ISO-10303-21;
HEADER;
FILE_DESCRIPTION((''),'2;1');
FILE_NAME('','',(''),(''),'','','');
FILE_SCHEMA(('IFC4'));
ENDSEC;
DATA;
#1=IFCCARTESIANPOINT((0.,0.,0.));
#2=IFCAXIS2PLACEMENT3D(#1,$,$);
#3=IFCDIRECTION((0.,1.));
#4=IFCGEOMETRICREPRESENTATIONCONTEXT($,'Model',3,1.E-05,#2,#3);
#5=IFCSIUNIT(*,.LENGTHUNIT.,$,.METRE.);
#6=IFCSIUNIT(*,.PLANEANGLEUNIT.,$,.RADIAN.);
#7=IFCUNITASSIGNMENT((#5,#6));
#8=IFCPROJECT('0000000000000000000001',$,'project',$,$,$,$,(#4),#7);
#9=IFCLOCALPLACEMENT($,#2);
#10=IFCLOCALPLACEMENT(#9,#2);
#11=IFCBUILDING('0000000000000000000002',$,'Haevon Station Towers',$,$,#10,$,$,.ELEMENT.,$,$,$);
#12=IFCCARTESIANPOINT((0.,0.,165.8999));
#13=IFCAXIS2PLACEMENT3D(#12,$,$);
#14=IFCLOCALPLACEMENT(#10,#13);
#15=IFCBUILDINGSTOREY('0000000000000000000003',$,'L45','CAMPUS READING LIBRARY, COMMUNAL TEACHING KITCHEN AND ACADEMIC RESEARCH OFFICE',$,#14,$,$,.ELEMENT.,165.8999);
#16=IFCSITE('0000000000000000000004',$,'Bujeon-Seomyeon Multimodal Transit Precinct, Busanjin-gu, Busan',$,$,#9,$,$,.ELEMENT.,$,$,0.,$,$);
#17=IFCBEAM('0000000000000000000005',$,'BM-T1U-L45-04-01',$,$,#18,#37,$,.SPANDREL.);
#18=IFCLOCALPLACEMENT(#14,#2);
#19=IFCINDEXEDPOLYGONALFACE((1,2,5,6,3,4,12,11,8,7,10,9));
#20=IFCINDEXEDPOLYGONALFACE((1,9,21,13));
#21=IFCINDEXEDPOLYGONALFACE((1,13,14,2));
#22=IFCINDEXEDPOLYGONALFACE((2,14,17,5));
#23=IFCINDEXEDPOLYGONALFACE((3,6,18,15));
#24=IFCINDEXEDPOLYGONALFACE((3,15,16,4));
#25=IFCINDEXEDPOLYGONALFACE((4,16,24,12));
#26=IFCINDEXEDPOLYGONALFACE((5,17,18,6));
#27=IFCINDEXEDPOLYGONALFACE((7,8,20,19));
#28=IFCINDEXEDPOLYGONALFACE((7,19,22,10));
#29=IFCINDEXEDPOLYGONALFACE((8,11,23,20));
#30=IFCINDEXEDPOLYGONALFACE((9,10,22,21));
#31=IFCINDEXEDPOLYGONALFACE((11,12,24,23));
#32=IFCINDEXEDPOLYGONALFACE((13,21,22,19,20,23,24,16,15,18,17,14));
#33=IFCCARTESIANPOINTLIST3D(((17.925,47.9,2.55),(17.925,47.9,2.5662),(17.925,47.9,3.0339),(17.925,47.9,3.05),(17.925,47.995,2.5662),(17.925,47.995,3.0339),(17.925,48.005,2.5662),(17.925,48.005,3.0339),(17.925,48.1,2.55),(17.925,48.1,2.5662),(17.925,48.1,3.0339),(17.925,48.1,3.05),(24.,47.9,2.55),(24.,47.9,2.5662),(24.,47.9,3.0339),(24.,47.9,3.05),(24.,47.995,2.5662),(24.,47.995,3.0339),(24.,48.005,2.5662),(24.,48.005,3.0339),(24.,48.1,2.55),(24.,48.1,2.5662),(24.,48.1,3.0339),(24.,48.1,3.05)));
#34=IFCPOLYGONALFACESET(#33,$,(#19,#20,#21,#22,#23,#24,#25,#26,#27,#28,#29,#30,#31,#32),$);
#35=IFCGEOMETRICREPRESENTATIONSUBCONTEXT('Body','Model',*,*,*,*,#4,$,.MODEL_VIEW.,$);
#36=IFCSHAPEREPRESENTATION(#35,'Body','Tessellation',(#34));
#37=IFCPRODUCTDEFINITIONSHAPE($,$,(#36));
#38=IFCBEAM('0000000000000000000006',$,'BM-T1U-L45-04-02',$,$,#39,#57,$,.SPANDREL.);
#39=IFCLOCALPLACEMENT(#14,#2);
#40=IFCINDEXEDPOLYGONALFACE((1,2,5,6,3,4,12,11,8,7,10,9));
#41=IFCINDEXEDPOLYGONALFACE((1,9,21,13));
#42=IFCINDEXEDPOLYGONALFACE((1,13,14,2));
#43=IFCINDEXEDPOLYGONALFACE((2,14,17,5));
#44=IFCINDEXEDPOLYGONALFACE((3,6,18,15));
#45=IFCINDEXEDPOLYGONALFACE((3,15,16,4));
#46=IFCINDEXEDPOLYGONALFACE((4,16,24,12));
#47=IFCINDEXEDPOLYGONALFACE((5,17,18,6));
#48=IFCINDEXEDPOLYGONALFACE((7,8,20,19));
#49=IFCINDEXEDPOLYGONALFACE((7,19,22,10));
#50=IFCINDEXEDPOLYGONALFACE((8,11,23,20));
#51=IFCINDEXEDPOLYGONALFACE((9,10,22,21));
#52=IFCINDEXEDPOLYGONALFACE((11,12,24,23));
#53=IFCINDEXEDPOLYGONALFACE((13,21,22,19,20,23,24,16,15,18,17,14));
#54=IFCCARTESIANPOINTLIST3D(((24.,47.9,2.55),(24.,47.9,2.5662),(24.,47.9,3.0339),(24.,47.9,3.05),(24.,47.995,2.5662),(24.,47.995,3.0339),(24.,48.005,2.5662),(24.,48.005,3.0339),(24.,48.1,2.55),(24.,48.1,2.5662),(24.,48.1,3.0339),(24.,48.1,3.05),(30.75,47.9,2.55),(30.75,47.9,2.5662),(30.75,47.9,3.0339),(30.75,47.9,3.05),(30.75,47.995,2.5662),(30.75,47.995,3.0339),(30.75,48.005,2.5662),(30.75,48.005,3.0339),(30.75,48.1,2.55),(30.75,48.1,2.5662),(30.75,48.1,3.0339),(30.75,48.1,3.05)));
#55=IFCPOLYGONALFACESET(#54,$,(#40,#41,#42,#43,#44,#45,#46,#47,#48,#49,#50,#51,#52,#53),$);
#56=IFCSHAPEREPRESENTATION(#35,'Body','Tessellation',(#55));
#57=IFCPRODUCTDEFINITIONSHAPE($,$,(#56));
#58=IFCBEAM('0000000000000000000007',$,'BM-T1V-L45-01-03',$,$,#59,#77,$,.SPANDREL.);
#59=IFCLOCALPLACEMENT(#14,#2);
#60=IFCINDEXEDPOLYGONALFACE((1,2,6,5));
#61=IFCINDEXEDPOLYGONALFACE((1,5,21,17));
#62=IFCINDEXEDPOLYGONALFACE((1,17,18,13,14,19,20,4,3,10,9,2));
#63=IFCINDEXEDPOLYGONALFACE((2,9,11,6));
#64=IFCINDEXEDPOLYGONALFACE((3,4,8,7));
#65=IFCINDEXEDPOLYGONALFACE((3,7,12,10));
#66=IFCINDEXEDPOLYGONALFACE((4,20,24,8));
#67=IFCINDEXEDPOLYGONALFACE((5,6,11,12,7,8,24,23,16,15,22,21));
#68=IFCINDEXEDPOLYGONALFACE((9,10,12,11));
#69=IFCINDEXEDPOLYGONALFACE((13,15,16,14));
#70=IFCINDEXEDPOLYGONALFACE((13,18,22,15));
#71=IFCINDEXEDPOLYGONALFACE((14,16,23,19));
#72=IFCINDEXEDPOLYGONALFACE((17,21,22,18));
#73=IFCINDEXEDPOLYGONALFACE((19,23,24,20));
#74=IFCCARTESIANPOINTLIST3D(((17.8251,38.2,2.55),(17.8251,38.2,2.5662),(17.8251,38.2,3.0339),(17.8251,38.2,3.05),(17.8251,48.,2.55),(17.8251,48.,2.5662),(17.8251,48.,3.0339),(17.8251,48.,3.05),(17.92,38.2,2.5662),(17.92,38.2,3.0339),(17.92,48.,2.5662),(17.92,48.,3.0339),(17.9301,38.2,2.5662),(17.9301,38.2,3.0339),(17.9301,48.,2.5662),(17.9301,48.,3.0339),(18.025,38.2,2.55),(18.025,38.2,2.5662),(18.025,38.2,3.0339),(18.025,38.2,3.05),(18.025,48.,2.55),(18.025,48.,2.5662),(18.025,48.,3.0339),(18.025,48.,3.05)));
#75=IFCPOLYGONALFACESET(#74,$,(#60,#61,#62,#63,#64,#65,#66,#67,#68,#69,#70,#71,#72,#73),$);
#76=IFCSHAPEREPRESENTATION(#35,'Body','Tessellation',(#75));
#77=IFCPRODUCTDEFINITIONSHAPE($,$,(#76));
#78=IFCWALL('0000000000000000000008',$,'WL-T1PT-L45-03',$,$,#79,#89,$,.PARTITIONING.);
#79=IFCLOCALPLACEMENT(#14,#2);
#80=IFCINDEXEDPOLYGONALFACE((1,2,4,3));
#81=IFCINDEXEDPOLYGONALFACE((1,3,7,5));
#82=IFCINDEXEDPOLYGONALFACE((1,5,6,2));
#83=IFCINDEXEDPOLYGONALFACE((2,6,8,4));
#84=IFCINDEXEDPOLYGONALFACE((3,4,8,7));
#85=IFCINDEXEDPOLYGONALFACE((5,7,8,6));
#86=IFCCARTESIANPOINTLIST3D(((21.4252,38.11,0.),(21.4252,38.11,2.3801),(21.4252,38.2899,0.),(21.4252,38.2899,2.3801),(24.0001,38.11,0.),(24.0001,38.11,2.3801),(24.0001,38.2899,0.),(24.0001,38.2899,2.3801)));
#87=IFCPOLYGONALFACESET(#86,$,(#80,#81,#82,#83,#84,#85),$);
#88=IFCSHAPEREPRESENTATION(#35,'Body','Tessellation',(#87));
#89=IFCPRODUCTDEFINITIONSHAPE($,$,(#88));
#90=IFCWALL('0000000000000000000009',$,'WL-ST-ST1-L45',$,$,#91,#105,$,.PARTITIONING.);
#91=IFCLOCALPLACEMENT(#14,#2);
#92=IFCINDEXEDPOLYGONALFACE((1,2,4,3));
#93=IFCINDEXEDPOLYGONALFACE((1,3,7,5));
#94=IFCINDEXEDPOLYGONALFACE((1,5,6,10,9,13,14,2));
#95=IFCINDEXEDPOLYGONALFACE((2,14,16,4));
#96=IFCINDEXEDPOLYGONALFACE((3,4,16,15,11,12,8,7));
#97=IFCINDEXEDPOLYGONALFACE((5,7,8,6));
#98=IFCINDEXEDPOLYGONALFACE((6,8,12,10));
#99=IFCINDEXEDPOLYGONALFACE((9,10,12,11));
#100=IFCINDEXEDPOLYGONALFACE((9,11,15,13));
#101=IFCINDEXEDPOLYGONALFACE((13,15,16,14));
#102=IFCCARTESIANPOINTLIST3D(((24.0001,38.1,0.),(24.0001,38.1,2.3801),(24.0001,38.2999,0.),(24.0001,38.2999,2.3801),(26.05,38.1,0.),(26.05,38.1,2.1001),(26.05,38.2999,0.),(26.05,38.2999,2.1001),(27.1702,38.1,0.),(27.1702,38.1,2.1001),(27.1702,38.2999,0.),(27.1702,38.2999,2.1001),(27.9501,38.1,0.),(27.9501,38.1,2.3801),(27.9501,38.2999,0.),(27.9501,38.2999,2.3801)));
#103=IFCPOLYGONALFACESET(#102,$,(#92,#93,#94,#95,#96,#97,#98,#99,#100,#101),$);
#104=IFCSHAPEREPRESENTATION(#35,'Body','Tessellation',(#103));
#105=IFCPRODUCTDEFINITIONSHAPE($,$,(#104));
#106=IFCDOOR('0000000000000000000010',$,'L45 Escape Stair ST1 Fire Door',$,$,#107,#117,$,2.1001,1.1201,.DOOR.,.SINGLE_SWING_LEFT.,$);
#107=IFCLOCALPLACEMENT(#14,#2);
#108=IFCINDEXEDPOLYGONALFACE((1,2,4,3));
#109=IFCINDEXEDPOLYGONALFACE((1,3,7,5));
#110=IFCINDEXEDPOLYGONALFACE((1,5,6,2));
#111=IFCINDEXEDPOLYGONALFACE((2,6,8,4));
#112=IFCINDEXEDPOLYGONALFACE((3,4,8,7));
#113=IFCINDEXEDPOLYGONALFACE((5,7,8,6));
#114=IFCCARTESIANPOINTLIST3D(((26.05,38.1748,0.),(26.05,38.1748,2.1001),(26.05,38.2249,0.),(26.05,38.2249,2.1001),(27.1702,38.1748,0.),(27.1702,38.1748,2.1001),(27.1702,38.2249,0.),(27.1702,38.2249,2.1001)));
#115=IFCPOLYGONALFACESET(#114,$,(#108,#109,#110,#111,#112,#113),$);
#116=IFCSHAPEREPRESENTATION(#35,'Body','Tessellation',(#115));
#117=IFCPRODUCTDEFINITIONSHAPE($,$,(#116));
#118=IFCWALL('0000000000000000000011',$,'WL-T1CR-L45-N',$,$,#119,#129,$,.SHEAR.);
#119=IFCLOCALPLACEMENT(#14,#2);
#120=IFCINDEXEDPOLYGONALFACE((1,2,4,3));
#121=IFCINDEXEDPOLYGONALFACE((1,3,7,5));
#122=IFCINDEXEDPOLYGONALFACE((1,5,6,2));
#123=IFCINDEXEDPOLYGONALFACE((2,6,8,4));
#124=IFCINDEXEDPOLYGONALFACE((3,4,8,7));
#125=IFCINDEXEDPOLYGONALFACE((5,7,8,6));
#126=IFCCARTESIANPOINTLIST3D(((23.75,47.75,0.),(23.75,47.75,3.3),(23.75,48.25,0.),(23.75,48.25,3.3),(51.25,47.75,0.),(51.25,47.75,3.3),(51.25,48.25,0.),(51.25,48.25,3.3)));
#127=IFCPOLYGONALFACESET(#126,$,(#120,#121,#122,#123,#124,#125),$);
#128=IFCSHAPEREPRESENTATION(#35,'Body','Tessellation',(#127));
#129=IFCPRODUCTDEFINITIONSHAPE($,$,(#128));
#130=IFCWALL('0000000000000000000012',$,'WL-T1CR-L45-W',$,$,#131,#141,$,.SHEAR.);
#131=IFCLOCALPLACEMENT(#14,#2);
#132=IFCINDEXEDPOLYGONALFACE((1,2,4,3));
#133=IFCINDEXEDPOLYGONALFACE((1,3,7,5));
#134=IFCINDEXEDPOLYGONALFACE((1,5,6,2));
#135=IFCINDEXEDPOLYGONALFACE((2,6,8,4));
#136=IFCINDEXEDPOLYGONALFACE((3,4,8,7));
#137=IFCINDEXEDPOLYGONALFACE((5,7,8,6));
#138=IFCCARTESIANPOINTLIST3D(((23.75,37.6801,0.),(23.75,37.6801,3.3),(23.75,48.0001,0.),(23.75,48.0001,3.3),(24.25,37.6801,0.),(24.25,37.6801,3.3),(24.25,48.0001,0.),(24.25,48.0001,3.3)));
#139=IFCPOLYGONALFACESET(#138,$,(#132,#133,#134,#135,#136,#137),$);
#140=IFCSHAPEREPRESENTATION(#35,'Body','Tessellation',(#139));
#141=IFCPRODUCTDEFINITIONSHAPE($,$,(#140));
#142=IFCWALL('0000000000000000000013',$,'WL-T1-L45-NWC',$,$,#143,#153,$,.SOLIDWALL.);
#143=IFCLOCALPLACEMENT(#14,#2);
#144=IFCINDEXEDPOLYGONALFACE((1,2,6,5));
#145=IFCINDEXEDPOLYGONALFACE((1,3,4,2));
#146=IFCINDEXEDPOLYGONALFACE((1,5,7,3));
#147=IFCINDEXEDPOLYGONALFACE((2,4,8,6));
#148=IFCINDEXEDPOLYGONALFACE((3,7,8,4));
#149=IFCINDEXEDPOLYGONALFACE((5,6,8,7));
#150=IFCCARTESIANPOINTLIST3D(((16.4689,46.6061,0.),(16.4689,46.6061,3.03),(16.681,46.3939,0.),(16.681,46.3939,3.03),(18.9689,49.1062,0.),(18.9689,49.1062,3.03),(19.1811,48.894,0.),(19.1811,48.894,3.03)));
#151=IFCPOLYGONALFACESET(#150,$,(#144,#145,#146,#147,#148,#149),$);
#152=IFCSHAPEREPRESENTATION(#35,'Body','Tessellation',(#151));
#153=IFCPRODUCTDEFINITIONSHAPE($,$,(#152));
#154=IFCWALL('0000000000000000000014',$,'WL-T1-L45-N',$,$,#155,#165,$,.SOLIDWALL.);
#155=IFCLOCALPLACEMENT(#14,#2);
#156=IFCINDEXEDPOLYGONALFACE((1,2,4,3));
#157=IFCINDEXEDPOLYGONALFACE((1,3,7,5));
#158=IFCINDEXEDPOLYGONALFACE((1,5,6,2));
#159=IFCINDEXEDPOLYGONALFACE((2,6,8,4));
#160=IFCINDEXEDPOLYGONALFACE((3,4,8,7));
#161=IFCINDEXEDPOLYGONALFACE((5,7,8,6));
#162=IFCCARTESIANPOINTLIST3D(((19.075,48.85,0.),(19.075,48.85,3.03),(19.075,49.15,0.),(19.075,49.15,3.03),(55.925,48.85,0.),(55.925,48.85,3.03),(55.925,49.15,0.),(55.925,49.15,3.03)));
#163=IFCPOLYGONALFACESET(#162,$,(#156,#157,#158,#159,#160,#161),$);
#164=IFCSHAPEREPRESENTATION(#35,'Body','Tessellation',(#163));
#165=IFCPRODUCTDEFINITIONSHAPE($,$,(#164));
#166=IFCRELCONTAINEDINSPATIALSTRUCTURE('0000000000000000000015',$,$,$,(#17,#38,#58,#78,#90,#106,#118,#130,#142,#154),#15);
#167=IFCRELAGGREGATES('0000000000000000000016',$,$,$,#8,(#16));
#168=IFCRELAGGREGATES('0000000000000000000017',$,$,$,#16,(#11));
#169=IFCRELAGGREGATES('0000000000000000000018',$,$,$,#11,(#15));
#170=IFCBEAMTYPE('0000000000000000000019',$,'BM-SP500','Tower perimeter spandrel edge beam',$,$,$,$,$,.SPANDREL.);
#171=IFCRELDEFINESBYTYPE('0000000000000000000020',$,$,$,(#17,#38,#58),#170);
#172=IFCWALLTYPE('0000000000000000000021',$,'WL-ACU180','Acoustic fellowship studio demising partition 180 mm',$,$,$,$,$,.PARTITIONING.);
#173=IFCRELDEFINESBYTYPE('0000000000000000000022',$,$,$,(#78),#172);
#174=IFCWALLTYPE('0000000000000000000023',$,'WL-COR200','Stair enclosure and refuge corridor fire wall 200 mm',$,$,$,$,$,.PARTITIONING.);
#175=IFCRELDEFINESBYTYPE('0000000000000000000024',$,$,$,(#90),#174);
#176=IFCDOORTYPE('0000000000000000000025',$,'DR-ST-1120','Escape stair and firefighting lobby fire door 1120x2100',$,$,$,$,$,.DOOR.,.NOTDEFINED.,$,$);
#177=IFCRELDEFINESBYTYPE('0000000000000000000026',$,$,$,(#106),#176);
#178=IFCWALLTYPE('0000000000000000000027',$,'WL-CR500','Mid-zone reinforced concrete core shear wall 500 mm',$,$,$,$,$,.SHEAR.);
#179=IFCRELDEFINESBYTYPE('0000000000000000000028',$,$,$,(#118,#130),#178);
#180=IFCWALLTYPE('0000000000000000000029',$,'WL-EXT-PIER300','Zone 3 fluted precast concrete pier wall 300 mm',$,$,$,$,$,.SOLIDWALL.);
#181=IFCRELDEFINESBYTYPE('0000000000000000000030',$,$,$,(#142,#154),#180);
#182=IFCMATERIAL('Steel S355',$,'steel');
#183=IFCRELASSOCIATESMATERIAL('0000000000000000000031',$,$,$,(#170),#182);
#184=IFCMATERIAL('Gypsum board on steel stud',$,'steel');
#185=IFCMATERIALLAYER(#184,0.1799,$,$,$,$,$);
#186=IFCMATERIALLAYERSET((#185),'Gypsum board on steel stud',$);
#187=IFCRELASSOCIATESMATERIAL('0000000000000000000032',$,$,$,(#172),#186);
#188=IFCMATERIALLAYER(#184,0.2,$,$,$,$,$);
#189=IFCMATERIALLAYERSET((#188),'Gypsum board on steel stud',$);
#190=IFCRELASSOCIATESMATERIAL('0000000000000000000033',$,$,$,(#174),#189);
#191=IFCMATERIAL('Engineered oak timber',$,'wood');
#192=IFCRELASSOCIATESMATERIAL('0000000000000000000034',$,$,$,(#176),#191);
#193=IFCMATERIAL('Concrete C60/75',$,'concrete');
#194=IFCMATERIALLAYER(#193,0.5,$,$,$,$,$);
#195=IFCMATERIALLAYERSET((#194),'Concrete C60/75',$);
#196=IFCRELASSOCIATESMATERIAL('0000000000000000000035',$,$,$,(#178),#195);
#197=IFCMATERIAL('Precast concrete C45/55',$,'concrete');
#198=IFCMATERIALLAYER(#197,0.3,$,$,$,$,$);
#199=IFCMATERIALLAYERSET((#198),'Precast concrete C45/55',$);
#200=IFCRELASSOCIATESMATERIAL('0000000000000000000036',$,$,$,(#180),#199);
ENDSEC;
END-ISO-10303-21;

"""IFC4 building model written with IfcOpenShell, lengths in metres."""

from ifc_helpers import new_model, si_unit, direction, frame, frame_2d, origin, origin_2d, place, context, subcontext, project, spatial, rectangle, i_section, extrude, material, layer, layer_set, material_profile, profile_set, type_object, element, fill, save


model = new_model("IFC4")

# Units and contexts
model_context = context("Model", 3, precision=1e-05, world=origin(), true_north=direction((0.0, 1.0)))
body_context = subcontext(model_context, "Body", "Model", "MODEL_VIEW")
ifc_project = project(units=[si_unit("LENGTHUNIT", "METRE"), si_unit("PLANEANGLEUNIT", "RADIAN")], contexts=[model_context])

# Site, building, storey
site_placement = place(None, origin())
site = spatial("IfcSite", under=ifc_project, at=site_placement, Name="Bujeon-Seomyeon Multimodal Transit Precinct, Busanjin-gu, Busan", CompositionType="ELEMENT", RefElevation=0.0)
building_placement = place(site_placement, origin())
building = spatial("IfcBuilding", under=site, at=building_placement, Name="Haevon Station Towers", CompositionType="ELEMENT")
storey_placement = place(building_placement, frame((0.0, 0.0, 165.8999)))
storey = spatial("IfcBuildingStorey", under=building, at=storey_placement, Name="L45", Description="CAMPUS READING LIBRARY, COMMUNAL TEACHING KITCHEN AND ACADEMIC RESEARCH OFFICE", CompositionType="ELEMENT", Elevation=165.8999)

# Shared definitions
ifc_material_1 = material(Name="Steel S355", Category="steel")

# Beams
ifc_material_profile_1 = material_profile(ifc_material_1, i_section(OverallWidth=0.2, OverallDepth=0.5, WebThickness=0.01, FlangeThickness=0.0161, at=origin_2d()), Name="H-500x200x10x16")
ifc_profile_set_1 = profile_set([ifc_material_profile_1], Name="Steel S355")
beam_type_1 = type_object("IfcBeamType", Name="BM-SP500", Description="Tower perimeter spandrel edge beam", PredefinedType="SPANDREL", material=ifc_profile_set_1)
beam_1_placement = place(storey_placement, frame((17.925, 48.0, 2.8), z_axis=(1.0, 0.0, 0.0), x_axis=(0.0, 1.0, 0.0)))
element("IfcBeam", 1, at=beam_1_placement, inside=storey, type_object=beam_type_1, Name="BM-T1U-L45-04-01", PredefinedType="SPANDREL", context=body_context, shape_type="SweptSolid", body=[
    extrude(i_section(OverallWidth=0.2, OverallDepth=0.5, WebThickness=0.01, FlangeThickness=0.0161, at=origin_2d()), origin(), (0.0, 0.0, 1.0), 6.075),
])
beam_2_placement = place(storey_placement, frame((24.0, 48.0, 2.8), z_axis=(1.0, 0.0, 0.0), x_axis=(0.0, 1.0, 0.0)))
element("IfcBeam", 2, at=beam_2_placement, inside=storey, type_object=beam_type_1, Name="BM-T1U-L45-04-02", PredefinedType="SPANDREL", context=body_context, shape_type="SweptSolid", body=[
    extrude(i_section(OverallWidth=0.2, OverallDepth=0.5, WebThickness=0.01, FlangeThickness=0.0161, at=origin_2d()), origin(), (0.0, 0.0, 1.0), 6.75),
])
beam_3_placement = place(storey_placement, frame((17.925, 38.2, 2.8), z_axis=(0.0, 1.0, 0.0), x_axis=(-1.0, 0.0, 0.0)))
element("IfcBeam", 3, at=beam_3_placement, inside=storey, type_object=beam_type_1, Name="BM-T1V-L45-01-03", PredefinedType="SPANDREL", context=body_context, shape_type="SweptSolid", body=[
    extrude(i_section(OverallWidth=0.2, OverallDepth=0.5, WebThickness=0.01, FlangeThickness=0.0161, at=origin_2d()), origin(), (0.0, 0.0, 1.0), 9.8),
])

# Wall
ifc_material_2 = material(Name="Gypsum board on steel stud", Category="steel")
ifc_layer_1 = layer(ifc_material_2, 0.1799)
ifc_layer_set_1 = layer_set([ifc_layer_1], Name="Gypsum board on steel stud")
wall_type_1 = type_object("IfcWallType", Name="WL-ACU180", Description="Acoustic fellowship studio demising partition 180 mm", PredefinedType="PARTITIONING", material=ifc_layer_set_1)
wall_1_placement = place(storey_placement, frame((21.425, 38.2, 0.0), z_axis=(0.0, 0.0, 1.0), x_axis=(1.0, 0.0, 0.0)))
element("IfcWall", 4, at=wall_1_placement, inside=storey, type_object=wall_type_1, Name="WL-T1PT-L45-03", PredefinedType="PARTITIONING", context=body_context, shape_type="SweptSolid", body=[
    extrude(rectangle(XDim=2.575, YDim=0.1799, at=frame_2d((1.2876, 0.0))), origin(), (0.0, 0.0, 1.0), 2.3801),
])

# Wall, opening, door
ifc_layer_2 = layer(ifc_material_2, 0.2)
ifc_layer_set_2 = layer_set([ifc_layer_2], Name="Gypsum board on steel stud")
wall_type_2 = type_object("IfcWallType", Name="WL-COR200", Description="Stair enclosure and refuge corridor fire wall 200 mm", PredefinedType="PARTITIONING", material=ifc_layer_set_2)
wall_2_placement = place(storey_placement, frame((24.0, 38.2, 0.0), z_axis=(0.0, 0.0, 1.0), x_axis=(1.0, 0.0, 0.0)))
wall_2 = element("IfcWall", 5, at=wall_2_placement, inside=storey, type_object=wall_type_2, Name="WL-ST-ST1-L45", PredefinedType="PARTITIONING", context=body_context, shape_type="SweptSolid", body=[
    extrude(rectangle(XDim=3.95, YDim=0.2, at=frame_2d((1.9751, 0.0))), origin(), (0.0, 0.0, 1.0), 2.3801),
])
opening_placement = place(wall_2_placement, frame((2.05, 0.0, 0.0)))
opening = element("IfcOpeningElement", 6, at=opening_placement, cuts=wall_2, PredefinedType="OPENING", context=body_context, shape_type="SweptSolid", body=[
    extrude(rectangle(XDim=1.1201, YDim=2.1001, at=frame_2d((0.5601, 1.05))), frame((0.0, 0.1099, 0.0), z_axis=(0.0, -1.0, 0.0), x_axis=(1.0, 0.0, 0.0)), (0.0, 0.0, 1.0), 0.22),
])
ifc_material_3 = material(Name="Engineered oak timber", Category="wood")
door_type = type_object("IfcDoorType", Name="DR-ST-1120", Description="Escape stair and firefighting lobby fire door 1120x2100", OperationType="NOTDEFINED", PredefinedType="DOOR", material=ifc_material_3)
door_placement = place(opening_placement, origin())
door = element("IfcDoor", 7, at=door_placement, inside=storey, type_object=door_type, Name="L45 Escape Stair ST1 Fire Door", OperationType="SINGLE_SWING_LEFT", OverallHeight=2.1001, OverallWidth=1.1201, PredefinedType="DOOR", context=body_context, shape_type="SweptSolid", body=[
    extrude(rectangle(XDim=1.1201, YDim=2.1001, at=frame_2d((0.5601, 1.05))), frame((0.0, 0.0249, 0.0), z_axis=(0.0, -1.0, 0.0), x_axis=(1.0, 0.0, 0.0)), (0.0, 0.0, 1.0), 0.05),
])
fill(opening, door)

# Walls
ifc_material_4 = material(Name="Concrete C60/75", Category="concrete")
ifc_layer_3 = layer(ifc_material_4, 0.5)
ifc_layer_set_3 = layer_set([ifc_layer_3], Name="Concrete C60/75")
wall_type_3 = type_object("IfcWallType", Name="WL-CR500", Description="Mid-zone reinforced concrete core shear wall 500 mm", PredefinedType="SHEAR", material=ifc_layer_set_3)
wall_3_placement = place(storey_placement, frame((23.75, 48.0, 0.0), z_axis=(0.0, 0.0, 1.0), x_axis=(1.0, 0.0, 0.0)))
element("IfcWall", 8, at=wall_3_placement, inside=storey, type_object=wall_type_3, Name="WL-T1CR-L45-N", PredefinedType="SHEAR", context=body_context, shape_type="SweptSolid", body=[
    extrude(rectangle(XDim=27.5, YDim=0.5, at=frame_2d((13.75, 0.0))), origin(), (0.0, 0.0, 1.0), 3.3),
])
wall_4_placement = place(storey_placement, frame((24.0, 37.6799, 0.0), z_axis=(0.0, 0.0, 1.0), x_axis=(0.0, 1.0, 0.0)))
element("IfcWall", 9, at=wall_4_placement, inside=storey, type_object=wall_type_3, Name="WL-T1CR-L45-W", PredefinedType="SHEAR", context=body_context, shape_type="SweptSolid", body=[
    extrude(rectangle(XDim=10.3201, YDim=0.5, at=frame_2d((5.1602, 0.0))), origin(), (0.0, 0.0, 1.0), 3.3),
])
ifc_material_5 = material(Name="Precast concrete C45/55", Category="concrete")
ifc_layer_4 = layer(ifc_material_5, 0.3)
ifc_layer_set_4 = layer_set([ifc_layer_4], Name="Precast concrete C45/55")
wall_type_4 = type_object("IfcWallType", Name="WL-EXT-PIER300", Description="Zone 3 fluted precast concrete pier wall 300 mm", PredefinedType="SOLIDWALL", material=ifc_layer_set_4)
wall_5_placement = place(storey_placement, frame((16.575, 46.5, 0.0), z_axis=(0.0, 0.0, 1.0), x_axis=(0.707107, 0.707107, 0.0)))
element("IfcWall", 10, at=wall_5_placement, inside=storey, type_object=wall_type_4, Name="WL-T1-L45-NWC", PredefinedType="SOLIDWALL", context=body_context, shape_type="SweptSolid", body=[
    extrude(rectangle(XDim=3.5356, YDim=0.3, at=frame_2d((1.7678, 0.0))), origin(), (0.0, 0.0, 1.0), 3.03),
])
wall_6_placement = place(storey_placement, frame((19.075, 49.0, 0.0), z_axis=(0.0, 0.0, 1.0), x_axis=(1.0, 0.0, 0.0)))
element("IfcWall", 11, at=wall_6_placement, inside=storey, type_object=wall_type_4, Name="WL-T1-L45-N", PredefinedType="SOLIDWALL", context=body_context, shape_type="SweptSolid", body=[
    extrude(rectangle(XDim=36.8501, YDim=0.3, at=frame_2d((18.425, 0.0))), origin(), (0.0, 0.0, 1.0), 3.03),
])

save(model, "model.ifc")
